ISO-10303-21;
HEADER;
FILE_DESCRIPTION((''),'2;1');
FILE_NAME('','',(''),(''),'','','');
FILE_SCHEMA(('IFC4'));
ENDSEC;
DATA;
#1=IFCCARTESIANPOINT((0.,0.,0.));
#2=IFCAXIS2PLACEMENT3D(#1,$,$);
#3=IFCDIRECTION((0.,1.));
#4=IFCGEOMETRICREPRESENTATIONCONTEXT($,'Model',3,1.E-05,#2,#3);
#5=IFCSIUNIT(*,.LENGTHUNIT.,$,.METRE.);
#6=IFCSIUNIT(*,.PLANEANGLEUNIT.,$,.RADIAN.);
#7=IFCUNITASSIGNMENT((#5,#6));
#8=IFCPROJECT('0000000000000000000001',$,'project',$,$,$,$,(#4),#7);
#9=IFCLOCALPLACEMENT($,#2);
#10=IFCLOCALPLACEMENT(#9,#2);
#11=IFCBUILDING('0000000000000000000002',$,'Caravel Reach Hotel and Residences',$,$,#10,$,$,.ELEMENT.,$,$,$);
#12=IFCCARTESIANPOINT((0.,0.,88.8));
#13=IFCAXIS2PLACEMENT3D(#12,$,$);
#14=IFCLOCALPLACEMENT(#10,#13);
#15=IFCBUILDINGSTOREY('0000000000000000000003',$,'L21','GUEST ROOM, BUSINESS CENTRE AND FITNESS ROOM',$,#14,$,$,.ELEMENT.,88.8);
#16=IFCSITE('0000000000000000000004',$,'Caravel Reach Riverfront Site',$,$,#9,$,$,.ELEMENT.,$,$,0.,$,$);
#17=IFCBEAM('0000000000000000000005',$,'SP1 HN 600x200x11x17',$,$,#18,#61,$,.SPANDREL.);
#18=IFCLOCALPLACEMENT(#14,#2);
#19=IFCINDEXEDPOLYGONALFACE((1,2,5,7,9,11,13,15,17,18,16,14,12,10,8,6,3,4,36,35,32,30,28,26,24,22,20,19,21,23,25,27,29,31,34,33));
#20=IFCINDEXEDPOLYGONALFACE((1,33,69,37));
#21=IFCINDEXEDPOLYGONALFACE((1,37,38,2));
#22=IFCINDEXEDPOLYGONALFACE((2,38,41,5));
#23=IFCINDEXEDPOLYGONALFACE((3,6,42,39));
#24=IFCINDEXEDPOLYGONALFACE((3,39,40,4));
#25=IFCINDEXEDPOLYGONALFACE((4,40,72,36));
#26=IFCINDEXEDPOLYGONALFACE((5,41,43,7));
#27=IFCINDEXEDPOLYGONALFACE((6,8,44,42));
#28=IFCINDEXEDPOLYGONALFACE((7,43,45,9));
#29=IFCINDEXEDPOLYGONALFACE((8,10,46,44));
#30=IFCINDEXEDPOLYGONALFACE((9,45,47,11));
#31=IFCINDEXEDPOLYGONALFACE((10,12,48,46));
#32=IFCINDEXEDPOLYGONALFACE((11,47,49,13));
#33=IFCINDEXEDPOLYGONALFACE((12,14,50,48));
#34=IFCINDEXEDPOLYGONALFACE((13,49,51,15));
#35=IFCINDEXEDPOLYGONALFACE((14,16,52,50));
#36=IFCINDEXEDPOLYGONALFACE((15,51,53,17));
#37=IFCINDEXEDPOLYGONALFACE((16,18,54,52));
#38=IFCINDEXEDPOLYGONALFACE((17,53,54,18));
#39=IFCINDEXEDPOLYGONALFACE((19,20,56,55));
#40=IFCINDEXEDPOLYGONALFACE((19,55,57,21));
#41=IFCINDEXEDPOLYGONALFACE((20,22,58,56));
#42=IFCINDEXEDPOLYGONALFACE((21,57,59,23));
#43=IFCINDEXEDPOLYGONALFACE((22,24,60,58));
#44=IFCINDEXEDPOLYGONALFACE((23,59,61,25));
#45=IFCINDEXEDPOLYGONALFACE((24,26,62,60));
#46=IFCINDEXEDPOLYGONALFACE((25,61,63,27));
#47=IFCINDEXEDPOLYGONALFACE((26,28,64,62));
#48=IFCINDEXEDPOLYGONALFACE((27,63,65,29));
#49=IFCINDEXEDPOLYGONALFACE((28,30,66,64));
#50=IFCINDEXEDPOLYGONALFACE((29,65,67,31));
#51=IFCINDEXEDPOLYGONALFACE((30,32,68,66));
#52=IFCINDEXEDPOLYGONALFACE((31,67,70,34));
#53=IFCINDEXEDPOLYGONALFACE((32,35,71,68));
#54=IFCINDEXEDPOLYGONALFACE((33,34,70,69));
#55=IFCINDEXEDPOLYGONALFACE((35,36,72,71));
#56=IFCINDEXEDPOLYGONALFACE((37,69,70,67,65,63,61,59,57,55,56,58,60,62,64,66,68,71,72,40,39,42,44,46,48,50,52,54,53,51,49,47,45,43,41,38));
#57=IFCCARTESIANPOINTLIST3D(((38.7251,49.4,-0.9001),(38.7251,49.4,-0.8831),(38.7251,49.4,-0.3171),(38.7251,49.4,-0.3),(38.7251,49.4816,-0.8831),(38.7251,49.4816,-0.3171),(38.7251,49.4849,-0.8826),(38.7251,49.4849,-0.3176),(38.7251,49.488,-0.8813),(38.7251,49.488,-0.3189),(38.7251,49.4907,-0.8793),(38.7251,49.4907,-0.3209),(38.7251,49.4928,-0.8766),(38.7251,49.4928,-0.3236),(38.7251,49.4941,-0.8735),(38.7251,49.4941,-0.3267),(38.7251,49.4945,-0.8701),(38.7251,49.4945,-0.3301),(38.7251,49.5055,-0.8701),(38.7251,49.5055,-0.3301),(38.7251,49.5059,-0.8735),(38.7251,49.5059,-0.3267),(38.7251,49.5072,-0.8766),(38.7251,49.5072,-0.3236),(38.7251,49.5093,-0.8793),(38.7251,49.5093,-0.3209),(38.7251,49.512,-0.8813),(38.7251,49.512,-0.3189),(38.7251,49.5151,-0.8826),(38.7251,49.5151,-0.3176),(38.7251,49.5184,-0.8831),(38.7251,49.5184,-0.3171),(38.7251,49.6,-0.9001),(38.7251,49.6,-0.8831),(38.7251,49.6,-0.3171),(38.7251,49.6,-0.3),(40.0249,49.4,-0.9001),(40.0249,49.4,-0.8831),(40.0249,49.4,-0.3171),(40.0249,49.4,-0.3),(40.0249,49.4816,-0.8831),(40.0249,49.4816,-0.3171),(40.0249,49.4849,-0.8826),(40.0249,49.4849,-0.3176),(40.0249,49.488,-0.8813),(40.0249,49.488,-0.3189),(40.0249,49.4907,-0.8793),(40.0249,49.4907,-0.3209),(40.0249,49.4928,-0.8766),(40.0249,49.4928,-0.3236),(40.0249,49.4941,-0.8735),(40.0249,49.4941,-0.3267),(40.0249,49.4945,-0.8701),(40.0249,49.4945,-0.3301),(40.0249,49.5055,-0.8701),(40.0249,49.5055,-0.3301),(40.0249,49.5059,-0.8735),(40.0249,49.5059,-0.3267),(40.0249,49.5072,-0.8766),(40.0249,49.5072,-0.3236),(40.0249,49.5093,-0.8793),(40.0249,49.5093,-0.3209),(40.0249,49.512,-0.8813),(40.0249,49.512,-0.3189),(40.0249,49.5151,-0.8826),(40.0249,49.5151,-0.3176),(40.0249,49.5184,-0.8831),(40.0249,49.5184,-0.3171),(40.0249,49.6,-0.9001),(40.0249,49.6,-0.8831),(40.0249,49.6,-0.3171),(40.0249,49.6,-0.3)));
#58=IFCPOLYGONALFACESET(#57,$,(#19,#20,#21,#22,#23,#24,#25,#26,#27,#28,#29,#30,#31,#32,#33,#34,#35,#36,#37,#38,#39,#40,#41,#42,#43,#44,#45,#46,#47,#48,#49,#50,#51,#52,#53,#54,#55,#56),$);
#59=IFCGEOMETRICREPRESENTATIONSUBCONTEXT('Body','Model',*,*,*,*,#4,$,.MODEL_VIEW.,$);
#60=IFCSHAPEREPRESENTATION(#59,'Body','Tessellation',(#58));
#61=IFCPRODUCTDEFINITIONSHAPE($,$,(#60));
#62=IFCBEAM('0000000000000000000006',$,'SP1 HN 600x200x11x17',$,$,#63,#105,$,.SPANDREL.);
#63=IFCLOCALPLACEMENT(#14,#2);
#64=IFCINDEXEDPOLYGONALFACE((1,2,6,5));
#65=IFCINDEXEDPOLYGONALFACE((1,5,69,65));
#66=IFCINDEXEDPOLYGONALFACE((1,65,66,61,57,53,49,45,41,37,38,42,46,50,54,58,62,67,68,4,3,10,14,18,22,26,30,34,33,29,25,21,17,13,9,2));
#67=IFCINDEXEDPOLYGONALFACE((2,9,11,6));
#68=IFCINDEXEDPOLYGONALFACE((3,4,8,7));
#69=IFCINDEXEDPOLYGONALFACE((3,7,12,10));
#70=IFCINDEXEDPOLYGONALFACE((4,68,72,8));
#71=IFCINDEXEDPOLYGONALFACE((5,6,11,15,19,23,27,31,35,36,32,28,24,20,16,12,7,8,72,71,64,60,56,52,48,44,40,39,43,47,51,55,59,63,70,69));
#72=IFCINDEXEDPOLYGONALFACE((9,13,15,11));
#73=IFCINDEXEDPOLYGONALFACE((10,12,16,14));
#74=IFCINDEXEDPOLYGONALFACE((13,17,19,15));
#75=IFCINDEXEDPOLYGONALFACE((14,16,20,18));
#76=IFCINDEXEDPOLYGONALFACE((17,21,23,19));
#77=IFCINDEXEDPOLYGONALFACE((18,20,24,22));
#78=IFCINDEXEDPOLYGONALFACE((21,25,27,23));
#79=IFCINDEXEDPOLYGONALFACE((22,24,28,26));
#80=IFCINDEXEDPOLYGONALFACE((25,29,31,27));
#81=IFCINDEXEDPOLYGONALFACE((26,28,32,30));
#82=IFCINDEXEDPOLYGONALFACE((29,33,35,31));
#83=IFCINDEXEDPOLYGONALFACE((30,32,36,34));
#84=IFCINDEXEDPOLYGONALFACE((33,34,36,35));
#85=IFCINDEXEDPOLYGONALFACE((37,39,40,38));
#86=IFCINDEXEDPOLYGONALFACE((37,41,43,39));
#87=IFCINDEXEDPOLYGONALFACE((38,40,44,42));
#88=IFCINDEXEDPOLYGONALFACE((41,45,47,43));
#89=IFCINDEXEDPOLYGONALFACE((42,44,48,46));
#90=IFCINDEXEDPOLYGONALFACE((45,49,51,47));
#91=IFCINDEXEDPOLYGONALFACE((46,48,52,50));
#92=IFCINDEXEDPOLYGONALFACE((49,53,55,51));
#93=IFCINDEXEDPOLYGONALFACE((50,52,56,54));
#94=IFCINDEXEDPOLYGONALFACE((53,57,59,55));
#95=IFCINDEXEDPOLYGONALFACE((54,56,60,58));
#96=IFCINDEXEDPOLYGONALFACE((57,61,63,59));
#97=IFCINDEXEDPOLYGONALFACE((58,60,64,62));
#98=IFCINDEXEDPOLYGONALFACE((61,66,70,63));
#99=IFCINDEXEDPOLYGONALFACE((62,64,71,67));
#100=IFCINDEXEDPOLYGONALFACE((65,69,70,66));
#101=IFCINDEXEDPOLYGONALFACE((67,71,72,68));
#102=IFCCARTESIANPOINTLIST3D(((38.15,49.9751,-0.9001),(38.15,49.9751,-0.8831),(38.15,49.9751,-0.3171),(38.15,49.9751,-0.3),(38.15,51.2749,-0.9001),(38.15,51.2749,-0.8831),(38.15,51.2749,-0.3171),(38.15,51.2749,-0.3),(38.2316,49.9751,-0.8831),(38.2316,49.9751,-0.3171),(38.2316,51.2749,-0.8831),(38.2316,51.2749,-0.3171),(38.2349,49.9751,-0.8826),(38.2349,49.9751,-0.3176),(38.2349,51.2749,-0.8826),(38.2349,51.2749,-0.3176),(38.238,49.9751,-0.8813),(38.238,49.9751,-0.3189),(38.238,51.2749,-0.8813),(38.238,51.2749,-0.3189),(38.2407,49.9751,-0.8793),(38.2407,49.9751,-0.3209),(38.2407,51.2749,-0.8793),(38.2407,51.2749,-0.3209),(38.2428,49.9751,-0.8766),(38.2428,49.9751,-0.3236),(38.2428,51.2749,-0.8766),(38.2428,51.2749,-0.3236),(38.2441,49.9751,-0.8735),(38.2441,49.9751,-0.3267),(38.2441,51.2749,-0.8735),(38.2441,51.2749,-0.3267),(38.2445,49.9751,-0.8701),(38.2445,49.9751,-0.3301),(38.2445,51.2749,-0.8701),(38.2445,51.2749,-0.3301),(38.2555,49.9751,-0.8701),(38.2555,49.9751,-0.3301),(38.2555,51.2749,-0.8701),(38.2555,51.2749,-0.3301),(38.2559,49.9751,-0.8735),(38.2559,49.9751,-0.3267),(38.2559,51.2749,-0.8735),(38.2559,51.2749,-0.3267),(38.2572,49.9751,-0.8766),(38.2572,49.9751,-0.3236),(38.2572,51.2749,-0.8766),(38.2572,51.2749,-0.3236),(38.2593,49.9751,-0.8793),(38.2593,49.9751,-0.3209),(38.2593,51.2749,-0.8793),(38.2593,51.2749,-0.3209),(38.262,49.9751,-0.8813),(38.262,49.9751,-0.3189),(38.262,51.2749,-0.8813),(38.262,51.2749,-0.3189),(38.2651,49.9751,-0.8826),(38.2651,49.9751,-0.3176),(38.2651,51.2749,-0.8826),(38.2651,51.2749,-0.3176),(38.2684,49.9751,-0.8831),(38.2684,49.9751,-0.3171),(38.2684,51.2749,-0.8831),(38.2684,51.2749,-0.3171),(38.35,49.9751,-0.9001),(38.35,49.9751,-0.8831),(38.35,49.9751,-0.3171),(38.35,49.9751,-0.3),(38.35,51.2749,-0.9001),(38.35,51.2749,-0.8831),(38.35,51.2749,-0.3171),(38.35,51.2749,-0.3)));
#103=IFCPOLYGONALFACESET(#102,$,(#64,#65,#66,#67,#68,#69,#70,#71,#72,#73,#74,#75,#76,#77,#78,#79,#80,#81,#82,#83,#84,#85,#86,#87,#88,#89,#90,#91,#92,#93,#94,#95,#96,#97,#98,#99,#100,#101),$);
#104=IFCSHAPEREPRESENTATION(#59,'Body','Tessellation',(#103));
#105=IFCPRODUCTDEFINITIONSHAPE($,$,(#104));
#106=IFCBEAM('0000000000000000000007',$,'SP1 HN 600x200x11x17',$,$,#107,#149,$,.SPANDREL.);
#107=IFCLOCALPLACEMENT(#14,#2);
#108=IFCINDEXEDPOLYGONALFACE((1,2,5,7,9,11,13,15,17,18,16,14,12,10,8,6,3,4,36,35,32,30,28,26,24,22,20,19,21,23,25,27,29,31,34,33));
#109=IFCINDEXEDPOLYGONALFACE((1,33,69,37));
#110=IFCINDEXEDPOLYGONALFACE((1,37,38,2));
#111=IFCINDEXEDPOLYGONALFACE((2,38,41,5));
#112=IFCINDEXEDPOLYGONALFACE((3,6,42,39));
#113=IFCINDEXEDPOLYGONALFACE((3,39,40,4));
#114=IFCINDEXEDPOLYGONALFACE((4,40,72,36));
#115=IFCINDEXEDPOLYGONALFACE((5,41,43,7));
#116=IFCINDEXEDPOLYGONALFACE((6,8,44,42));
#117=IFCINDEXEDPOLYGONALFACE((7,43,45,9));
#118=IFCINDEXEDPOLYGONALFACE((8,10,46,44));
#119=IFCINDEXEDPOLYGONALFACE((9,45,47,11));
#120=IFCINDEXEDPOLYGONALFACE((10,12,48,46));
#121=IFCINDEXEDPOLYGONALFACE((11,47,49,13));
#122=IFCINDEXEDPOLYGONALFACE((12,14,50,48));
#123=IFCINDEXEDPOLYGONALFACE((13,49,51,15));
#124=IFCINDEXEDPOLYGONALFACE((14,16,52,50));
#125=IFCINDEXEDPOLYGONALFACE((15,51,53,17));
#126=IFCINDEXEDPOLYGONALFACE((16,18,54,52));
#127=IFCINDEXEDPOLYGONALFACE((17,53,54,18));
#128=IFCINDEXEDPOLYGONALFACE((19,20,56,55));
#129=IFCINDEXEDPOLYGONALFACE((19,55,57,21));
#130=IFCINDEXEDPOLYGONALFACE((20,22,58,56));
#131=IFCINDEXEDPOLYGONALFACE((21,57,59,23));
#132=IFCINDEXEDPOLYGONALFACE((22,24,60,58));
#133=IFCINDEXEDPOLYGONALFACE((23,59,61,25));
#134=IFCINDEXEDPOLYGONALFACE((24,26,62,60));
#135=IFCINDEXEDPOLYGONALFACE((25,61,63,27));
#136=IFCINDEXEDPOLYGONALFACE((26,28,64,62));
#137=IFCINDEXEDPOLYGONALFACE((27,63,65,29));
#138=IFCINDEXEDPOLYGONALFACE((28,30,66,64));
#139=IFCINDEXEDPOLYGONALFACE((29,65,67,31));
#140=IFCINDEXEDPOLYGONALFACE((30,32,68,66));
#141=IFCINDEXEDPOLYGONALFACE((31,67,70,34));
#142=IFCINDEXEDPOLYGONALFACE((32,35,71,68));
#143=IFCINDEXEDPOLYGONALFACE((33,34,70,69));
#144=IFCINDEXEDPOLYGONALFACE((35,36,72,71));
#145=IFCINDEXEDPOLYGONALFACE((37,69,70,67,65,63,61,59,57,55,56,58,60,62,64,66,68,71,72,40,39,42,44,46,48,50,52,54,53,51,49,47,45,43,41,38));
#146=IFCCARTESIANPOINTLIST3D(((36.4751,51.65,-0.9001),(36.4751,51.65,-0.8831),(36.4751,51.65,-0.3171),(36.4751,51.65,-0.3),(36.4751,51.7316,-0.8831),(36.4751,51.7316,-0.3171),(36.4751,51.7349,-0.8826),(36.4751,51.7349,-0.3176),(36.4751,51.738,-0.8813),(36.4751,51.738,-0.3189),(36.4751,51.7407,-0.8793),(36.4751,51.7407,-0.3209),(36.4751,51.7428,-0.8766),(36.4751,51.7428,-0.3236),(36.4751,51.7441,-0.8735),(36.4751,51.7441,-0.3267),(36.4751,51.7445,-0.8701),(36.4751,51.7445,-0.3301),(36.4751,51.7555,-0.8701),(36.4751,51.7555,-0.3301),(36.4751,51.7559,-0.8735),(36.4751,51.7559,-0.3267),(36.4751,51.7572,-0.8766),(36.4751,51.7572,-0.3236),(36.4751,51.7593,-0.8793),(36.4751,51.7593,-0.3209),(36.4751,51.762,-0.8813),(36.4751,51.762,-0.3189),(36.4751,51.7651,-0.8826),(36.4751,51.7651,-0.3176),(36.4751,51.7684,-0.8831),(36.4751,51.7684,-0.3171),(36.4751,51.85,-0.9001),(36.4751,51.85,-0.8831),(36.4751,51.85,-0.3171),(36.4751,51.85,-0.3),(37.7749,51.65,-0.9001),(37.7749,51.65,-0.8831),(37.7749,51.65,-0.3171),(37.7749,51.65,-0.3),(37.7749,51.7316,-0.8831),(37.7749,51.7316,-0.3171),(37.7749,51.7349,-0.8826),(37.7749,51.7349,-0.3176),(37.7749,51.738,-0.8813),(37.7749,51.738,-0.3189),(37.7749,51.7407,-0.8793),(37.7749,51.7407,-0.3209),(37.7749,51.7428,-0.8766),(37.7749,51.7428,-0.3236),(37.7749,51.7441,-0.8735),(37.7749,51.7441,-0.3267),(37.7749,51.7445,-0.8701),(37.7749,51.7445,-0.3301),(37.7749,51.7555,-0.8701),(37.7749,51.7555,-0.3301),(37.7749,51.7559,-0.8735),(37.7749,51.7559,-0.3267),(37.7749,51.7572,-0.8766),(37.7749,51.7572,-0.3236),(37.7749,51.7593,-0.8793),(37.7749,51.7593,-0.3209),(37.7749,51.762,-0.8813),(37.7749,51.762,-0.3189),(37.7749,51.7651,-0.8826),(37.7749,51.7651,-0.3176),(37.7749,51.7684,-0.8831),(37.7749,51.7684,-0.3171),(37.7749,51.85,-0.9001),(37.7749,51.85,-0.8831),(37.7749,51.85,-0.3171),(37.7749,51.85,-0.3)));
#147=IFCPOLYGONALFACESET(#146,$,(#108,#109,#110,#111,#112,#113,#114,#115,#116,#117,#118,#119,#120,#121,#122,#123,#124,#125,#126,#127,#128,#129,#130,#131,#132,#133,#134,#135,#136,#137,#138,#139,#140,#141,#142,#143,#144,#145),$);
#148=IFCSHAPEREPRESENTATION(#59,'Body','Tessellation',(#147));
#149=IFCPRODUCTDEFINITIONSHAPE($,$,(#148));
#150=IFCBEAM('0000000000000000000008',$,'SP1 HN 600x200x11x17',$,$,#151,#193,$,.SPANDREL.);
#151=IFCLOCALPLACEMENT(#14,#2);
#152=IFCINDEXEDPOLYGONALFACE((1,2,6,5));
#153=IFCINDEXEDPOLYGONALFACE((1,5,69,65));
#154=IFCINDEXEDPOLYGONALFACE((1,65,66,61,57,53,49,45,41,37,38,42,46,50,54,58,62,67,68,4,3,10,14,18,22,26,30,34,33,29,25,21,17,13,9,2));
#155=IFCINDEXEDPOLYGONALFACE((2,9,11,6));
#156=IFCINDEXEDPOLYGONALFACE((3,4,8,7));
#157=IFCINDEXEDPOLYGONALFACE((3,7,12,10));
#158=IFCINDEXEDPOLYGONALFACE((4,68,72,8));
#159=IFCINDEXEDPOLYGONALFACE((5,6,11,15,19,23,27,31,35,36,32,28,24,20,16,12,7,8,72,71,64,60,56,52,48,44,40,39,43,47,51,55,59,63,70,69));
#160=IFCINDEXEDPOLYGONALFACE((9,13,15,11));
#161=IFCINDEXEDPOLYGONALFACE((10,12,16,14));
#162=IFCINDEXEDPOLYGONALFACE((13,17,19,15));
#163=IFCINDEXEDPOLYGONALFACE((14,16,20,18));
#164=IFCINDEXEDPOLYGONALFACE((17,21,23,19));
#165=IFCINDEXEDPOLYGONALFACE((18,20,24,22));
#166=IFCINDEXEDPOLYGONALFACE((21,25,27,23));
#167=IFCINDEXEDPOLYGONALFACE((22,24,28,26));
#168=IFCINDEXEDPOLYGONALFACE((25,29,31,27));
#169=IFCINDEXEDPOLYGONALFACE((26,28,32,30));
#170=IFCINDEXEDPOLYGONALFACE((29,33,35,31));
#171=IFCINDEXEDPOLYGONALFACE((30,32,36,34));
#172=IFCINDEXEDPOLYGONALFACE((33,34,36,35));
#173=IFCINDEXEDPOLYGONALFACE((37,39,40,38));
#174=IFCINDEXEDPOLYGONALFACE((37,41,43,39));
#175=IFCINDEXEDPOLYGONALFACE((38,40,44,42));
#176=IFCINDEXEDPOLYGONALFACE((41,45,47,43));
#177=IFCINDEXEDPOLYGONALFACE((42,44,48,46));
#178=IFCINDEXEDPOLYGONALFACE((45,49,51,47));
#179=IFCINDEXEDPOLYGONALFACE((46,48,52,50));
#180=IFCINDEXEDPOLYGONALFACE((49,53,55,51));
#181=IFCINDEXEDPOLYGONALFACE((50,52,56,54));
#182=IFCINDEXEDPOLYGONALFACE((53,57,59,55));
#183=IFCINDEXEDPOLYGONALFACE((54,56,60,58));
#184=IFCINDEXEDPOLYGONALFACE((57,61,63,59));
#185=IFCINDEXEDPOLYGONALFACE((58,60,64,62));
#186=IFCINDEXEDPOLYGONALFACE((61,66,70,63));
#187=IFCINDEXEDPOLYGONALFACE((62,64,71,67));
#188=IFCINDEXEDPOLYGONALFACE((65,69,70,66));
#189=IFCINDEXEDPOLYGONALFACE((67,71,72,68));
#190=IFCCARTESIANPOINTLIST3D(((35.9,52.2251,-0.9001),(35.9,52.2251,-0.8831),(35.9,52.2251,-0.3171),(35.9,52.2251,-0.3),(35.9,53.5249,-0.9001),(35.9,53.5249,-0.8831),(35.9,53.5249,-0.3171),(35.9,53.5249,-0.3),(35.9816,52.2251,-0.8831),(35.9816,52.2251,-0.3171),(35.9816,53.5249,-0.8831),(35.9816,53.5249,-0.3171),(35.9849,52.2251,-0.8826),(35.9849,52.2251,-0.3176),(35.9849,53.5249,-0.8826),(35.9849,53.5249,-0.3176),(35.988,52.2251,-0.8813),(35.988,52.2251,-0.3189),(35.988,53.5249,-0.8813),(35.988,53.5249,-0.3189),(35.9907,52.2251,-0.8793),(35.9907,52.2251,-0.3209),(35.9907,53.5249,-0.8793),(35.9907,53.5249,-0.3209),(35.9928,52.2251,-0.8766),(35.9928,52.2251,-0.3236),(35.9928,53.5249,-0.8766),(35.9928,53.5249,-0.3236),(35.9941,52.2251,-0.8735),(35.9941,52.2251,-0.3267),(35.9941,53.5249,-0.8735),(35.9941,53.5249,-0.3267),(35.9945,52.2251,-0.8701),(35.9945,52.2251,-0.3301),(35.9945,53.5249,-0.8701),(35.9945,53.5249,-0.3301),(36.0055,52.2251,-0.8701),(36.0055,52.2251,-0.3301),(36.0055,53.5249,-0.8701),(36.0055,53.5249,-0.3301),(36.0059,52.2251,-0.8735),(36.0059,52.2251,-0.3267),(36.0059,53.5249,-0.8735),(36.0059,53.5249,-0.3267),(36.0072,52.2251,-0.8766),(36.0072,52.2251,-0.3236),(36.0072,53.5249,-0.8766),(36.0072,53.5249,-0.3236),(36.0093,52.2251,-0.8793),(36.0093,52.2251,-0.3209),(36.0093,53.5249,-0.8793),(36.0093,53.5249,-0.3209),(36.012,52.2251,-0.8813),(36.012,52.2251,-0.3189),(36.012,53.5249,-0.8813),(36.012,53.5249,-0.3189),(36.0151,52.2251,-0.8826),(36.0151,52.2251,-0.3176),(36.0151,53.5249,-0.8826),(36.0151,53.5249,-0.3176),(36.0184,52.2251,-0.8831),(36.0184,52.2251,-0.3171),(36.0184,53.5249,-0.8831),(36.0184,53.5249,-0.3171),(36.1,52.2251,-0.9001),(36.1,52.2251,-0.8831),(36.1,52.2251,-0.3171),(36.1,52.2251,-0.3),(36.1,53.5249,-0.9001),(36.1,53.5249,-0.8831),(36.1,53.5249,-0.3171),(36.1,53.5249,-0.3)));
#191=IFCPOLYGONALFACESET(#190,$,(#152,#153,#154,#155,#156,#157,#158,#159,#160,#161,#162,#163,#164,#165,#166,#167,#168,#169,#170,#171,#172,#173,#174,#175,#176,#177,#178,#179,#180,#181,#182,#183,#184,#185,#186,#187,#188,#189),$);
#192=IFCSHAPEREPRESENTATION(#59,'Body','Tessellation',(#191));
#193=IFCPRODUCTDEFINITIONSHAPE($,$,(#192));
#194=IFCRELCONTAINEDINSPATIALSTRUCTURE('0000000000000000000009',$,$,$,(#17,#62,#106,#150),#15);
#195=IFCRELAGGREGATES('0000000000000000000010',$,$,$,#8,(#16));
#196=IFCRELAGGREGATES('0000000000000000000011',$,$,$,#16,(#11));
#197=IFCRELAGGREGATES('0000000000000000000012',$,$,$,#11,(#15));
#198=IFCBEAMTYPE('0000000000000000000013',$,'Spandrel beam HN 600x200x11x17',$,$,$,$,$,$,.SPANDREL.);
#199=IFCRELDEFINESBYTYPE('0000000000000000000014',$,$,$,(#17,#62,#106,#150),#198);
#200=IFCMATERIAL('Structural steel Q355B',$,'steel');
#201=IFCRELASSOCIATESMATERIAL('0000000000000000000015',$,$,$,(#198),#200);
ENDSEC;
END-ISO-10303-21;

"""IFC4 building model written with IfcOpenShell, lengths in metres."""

from ifc_helpers import new_model, si_unit, direction, frame, origin, origin_2d, place, context, subcontext, project, spatial, i_section, extrude, material, material_profile, profile_set, type_object, element, save


model = new_model("IFC4")

# Units and contexts
model_context = context("Model", 3, precision=1e-05, world=origin(), true_north=direction((0.0, 1.0)))
body_context = subcontext(model_context, "Body", "Model", "MODEL_VIEW")
ifc_project = project(units=[si_unit("LENGTHUNIT", "METRE"), si_unit("PLANEANGLEUNIT", "RADIAN")], contexts=[model_context])

# Site, building, storey
site_placement = place(None, origin())
site = spatial("IfcSite", under=ifc_project, at=site_placement, Name="Caravel Reach Riverfront Site", CompositionType="ELEMENT", RefElevation=0.0)
building_placement = place(site_placement, origin())
building = spatial("IfcBuilding", under=site, at=building_placement, Name="Caravel Reach Hotel and Residences", CompositionType="ELEMENT")
storey_placement = place(building_placement, frame((0.0, 0.0, 88.8)))
storey = spatial("IfcBuildingStorey", under=building, at=storey_placement, Name="L21", Description="GUEST ROOM, BUSINESS CENTRE AND FITNESS ROOM", CompositionType="ELEMENT", Elevation=88.8)

# Beams
ifc_material_1 = material(Name="Structural steel Q355B", Category="steel")
ifc_material_profile_1 = material_profile(ifc_material_1, i_section(OverallWidth=0.2, OverallDepth=0.6001, WebThickness=0.011, FlangeThickness=0.0171, FilletRadius=0.0129, at=origin_2d()), Name="HN 600x200x11x17")
ifc_profile_set_1 = profile_set([ifc_material_profile_1], Name="Structural steel Q355B")
beam_type_1 = type_object("IfcBeamType", Name="Spandrel beam HN 600x200x11x17", PredefinedType="SPANDREL", material=ifc_profile_set_1)
for number, where, z_axis, x_axis, name in (
    (1, (40.0249, 49.5, -0.6001), (-1.0, 0.0, 0.0), (0.0, -1.0, 0.0), "SP1 HN 600x200x11x17"),
    (2, (38.25, 49.9751, -0.6001), (0.0, 1.0, 0.0), (-1.0, 0.0, 0.0), "SP1 HN 600x200x11x17"),
    (3, (37.7749, 51.75, -0.6001), (-1.0, 0.0, 0.0), (0.0, -1.0, 0.0), "SP1 HN 600x200x11x17"),
    (4, (36.0, 52.2251, -0.6001), (0.0, 1.0, 0.0), (-1.0, 0.0, 0.0), "SP1 HN 600x200x11x17"),
):
    element("IfcBeam", number, at=place(storey_placement, frame(where, z_axis=z_axis, x_axis=x_axis)), inside=storey, type_object=beam_type_1, Name=name, PredefinedType="SPANDREL", context=body_context, shape_type="SweptSolid", body=[
        extrude(i_section(OverallWidth=0.2, OverallDepth=0.6001, WebThickness=0.011, FlangeThickness=0.0171, FilletRadius=0.0129, at=origin_2d()), origin(), (0.0, 0.0, 1.0), 1.2998),
    ])

save(model, "model.ifc")
